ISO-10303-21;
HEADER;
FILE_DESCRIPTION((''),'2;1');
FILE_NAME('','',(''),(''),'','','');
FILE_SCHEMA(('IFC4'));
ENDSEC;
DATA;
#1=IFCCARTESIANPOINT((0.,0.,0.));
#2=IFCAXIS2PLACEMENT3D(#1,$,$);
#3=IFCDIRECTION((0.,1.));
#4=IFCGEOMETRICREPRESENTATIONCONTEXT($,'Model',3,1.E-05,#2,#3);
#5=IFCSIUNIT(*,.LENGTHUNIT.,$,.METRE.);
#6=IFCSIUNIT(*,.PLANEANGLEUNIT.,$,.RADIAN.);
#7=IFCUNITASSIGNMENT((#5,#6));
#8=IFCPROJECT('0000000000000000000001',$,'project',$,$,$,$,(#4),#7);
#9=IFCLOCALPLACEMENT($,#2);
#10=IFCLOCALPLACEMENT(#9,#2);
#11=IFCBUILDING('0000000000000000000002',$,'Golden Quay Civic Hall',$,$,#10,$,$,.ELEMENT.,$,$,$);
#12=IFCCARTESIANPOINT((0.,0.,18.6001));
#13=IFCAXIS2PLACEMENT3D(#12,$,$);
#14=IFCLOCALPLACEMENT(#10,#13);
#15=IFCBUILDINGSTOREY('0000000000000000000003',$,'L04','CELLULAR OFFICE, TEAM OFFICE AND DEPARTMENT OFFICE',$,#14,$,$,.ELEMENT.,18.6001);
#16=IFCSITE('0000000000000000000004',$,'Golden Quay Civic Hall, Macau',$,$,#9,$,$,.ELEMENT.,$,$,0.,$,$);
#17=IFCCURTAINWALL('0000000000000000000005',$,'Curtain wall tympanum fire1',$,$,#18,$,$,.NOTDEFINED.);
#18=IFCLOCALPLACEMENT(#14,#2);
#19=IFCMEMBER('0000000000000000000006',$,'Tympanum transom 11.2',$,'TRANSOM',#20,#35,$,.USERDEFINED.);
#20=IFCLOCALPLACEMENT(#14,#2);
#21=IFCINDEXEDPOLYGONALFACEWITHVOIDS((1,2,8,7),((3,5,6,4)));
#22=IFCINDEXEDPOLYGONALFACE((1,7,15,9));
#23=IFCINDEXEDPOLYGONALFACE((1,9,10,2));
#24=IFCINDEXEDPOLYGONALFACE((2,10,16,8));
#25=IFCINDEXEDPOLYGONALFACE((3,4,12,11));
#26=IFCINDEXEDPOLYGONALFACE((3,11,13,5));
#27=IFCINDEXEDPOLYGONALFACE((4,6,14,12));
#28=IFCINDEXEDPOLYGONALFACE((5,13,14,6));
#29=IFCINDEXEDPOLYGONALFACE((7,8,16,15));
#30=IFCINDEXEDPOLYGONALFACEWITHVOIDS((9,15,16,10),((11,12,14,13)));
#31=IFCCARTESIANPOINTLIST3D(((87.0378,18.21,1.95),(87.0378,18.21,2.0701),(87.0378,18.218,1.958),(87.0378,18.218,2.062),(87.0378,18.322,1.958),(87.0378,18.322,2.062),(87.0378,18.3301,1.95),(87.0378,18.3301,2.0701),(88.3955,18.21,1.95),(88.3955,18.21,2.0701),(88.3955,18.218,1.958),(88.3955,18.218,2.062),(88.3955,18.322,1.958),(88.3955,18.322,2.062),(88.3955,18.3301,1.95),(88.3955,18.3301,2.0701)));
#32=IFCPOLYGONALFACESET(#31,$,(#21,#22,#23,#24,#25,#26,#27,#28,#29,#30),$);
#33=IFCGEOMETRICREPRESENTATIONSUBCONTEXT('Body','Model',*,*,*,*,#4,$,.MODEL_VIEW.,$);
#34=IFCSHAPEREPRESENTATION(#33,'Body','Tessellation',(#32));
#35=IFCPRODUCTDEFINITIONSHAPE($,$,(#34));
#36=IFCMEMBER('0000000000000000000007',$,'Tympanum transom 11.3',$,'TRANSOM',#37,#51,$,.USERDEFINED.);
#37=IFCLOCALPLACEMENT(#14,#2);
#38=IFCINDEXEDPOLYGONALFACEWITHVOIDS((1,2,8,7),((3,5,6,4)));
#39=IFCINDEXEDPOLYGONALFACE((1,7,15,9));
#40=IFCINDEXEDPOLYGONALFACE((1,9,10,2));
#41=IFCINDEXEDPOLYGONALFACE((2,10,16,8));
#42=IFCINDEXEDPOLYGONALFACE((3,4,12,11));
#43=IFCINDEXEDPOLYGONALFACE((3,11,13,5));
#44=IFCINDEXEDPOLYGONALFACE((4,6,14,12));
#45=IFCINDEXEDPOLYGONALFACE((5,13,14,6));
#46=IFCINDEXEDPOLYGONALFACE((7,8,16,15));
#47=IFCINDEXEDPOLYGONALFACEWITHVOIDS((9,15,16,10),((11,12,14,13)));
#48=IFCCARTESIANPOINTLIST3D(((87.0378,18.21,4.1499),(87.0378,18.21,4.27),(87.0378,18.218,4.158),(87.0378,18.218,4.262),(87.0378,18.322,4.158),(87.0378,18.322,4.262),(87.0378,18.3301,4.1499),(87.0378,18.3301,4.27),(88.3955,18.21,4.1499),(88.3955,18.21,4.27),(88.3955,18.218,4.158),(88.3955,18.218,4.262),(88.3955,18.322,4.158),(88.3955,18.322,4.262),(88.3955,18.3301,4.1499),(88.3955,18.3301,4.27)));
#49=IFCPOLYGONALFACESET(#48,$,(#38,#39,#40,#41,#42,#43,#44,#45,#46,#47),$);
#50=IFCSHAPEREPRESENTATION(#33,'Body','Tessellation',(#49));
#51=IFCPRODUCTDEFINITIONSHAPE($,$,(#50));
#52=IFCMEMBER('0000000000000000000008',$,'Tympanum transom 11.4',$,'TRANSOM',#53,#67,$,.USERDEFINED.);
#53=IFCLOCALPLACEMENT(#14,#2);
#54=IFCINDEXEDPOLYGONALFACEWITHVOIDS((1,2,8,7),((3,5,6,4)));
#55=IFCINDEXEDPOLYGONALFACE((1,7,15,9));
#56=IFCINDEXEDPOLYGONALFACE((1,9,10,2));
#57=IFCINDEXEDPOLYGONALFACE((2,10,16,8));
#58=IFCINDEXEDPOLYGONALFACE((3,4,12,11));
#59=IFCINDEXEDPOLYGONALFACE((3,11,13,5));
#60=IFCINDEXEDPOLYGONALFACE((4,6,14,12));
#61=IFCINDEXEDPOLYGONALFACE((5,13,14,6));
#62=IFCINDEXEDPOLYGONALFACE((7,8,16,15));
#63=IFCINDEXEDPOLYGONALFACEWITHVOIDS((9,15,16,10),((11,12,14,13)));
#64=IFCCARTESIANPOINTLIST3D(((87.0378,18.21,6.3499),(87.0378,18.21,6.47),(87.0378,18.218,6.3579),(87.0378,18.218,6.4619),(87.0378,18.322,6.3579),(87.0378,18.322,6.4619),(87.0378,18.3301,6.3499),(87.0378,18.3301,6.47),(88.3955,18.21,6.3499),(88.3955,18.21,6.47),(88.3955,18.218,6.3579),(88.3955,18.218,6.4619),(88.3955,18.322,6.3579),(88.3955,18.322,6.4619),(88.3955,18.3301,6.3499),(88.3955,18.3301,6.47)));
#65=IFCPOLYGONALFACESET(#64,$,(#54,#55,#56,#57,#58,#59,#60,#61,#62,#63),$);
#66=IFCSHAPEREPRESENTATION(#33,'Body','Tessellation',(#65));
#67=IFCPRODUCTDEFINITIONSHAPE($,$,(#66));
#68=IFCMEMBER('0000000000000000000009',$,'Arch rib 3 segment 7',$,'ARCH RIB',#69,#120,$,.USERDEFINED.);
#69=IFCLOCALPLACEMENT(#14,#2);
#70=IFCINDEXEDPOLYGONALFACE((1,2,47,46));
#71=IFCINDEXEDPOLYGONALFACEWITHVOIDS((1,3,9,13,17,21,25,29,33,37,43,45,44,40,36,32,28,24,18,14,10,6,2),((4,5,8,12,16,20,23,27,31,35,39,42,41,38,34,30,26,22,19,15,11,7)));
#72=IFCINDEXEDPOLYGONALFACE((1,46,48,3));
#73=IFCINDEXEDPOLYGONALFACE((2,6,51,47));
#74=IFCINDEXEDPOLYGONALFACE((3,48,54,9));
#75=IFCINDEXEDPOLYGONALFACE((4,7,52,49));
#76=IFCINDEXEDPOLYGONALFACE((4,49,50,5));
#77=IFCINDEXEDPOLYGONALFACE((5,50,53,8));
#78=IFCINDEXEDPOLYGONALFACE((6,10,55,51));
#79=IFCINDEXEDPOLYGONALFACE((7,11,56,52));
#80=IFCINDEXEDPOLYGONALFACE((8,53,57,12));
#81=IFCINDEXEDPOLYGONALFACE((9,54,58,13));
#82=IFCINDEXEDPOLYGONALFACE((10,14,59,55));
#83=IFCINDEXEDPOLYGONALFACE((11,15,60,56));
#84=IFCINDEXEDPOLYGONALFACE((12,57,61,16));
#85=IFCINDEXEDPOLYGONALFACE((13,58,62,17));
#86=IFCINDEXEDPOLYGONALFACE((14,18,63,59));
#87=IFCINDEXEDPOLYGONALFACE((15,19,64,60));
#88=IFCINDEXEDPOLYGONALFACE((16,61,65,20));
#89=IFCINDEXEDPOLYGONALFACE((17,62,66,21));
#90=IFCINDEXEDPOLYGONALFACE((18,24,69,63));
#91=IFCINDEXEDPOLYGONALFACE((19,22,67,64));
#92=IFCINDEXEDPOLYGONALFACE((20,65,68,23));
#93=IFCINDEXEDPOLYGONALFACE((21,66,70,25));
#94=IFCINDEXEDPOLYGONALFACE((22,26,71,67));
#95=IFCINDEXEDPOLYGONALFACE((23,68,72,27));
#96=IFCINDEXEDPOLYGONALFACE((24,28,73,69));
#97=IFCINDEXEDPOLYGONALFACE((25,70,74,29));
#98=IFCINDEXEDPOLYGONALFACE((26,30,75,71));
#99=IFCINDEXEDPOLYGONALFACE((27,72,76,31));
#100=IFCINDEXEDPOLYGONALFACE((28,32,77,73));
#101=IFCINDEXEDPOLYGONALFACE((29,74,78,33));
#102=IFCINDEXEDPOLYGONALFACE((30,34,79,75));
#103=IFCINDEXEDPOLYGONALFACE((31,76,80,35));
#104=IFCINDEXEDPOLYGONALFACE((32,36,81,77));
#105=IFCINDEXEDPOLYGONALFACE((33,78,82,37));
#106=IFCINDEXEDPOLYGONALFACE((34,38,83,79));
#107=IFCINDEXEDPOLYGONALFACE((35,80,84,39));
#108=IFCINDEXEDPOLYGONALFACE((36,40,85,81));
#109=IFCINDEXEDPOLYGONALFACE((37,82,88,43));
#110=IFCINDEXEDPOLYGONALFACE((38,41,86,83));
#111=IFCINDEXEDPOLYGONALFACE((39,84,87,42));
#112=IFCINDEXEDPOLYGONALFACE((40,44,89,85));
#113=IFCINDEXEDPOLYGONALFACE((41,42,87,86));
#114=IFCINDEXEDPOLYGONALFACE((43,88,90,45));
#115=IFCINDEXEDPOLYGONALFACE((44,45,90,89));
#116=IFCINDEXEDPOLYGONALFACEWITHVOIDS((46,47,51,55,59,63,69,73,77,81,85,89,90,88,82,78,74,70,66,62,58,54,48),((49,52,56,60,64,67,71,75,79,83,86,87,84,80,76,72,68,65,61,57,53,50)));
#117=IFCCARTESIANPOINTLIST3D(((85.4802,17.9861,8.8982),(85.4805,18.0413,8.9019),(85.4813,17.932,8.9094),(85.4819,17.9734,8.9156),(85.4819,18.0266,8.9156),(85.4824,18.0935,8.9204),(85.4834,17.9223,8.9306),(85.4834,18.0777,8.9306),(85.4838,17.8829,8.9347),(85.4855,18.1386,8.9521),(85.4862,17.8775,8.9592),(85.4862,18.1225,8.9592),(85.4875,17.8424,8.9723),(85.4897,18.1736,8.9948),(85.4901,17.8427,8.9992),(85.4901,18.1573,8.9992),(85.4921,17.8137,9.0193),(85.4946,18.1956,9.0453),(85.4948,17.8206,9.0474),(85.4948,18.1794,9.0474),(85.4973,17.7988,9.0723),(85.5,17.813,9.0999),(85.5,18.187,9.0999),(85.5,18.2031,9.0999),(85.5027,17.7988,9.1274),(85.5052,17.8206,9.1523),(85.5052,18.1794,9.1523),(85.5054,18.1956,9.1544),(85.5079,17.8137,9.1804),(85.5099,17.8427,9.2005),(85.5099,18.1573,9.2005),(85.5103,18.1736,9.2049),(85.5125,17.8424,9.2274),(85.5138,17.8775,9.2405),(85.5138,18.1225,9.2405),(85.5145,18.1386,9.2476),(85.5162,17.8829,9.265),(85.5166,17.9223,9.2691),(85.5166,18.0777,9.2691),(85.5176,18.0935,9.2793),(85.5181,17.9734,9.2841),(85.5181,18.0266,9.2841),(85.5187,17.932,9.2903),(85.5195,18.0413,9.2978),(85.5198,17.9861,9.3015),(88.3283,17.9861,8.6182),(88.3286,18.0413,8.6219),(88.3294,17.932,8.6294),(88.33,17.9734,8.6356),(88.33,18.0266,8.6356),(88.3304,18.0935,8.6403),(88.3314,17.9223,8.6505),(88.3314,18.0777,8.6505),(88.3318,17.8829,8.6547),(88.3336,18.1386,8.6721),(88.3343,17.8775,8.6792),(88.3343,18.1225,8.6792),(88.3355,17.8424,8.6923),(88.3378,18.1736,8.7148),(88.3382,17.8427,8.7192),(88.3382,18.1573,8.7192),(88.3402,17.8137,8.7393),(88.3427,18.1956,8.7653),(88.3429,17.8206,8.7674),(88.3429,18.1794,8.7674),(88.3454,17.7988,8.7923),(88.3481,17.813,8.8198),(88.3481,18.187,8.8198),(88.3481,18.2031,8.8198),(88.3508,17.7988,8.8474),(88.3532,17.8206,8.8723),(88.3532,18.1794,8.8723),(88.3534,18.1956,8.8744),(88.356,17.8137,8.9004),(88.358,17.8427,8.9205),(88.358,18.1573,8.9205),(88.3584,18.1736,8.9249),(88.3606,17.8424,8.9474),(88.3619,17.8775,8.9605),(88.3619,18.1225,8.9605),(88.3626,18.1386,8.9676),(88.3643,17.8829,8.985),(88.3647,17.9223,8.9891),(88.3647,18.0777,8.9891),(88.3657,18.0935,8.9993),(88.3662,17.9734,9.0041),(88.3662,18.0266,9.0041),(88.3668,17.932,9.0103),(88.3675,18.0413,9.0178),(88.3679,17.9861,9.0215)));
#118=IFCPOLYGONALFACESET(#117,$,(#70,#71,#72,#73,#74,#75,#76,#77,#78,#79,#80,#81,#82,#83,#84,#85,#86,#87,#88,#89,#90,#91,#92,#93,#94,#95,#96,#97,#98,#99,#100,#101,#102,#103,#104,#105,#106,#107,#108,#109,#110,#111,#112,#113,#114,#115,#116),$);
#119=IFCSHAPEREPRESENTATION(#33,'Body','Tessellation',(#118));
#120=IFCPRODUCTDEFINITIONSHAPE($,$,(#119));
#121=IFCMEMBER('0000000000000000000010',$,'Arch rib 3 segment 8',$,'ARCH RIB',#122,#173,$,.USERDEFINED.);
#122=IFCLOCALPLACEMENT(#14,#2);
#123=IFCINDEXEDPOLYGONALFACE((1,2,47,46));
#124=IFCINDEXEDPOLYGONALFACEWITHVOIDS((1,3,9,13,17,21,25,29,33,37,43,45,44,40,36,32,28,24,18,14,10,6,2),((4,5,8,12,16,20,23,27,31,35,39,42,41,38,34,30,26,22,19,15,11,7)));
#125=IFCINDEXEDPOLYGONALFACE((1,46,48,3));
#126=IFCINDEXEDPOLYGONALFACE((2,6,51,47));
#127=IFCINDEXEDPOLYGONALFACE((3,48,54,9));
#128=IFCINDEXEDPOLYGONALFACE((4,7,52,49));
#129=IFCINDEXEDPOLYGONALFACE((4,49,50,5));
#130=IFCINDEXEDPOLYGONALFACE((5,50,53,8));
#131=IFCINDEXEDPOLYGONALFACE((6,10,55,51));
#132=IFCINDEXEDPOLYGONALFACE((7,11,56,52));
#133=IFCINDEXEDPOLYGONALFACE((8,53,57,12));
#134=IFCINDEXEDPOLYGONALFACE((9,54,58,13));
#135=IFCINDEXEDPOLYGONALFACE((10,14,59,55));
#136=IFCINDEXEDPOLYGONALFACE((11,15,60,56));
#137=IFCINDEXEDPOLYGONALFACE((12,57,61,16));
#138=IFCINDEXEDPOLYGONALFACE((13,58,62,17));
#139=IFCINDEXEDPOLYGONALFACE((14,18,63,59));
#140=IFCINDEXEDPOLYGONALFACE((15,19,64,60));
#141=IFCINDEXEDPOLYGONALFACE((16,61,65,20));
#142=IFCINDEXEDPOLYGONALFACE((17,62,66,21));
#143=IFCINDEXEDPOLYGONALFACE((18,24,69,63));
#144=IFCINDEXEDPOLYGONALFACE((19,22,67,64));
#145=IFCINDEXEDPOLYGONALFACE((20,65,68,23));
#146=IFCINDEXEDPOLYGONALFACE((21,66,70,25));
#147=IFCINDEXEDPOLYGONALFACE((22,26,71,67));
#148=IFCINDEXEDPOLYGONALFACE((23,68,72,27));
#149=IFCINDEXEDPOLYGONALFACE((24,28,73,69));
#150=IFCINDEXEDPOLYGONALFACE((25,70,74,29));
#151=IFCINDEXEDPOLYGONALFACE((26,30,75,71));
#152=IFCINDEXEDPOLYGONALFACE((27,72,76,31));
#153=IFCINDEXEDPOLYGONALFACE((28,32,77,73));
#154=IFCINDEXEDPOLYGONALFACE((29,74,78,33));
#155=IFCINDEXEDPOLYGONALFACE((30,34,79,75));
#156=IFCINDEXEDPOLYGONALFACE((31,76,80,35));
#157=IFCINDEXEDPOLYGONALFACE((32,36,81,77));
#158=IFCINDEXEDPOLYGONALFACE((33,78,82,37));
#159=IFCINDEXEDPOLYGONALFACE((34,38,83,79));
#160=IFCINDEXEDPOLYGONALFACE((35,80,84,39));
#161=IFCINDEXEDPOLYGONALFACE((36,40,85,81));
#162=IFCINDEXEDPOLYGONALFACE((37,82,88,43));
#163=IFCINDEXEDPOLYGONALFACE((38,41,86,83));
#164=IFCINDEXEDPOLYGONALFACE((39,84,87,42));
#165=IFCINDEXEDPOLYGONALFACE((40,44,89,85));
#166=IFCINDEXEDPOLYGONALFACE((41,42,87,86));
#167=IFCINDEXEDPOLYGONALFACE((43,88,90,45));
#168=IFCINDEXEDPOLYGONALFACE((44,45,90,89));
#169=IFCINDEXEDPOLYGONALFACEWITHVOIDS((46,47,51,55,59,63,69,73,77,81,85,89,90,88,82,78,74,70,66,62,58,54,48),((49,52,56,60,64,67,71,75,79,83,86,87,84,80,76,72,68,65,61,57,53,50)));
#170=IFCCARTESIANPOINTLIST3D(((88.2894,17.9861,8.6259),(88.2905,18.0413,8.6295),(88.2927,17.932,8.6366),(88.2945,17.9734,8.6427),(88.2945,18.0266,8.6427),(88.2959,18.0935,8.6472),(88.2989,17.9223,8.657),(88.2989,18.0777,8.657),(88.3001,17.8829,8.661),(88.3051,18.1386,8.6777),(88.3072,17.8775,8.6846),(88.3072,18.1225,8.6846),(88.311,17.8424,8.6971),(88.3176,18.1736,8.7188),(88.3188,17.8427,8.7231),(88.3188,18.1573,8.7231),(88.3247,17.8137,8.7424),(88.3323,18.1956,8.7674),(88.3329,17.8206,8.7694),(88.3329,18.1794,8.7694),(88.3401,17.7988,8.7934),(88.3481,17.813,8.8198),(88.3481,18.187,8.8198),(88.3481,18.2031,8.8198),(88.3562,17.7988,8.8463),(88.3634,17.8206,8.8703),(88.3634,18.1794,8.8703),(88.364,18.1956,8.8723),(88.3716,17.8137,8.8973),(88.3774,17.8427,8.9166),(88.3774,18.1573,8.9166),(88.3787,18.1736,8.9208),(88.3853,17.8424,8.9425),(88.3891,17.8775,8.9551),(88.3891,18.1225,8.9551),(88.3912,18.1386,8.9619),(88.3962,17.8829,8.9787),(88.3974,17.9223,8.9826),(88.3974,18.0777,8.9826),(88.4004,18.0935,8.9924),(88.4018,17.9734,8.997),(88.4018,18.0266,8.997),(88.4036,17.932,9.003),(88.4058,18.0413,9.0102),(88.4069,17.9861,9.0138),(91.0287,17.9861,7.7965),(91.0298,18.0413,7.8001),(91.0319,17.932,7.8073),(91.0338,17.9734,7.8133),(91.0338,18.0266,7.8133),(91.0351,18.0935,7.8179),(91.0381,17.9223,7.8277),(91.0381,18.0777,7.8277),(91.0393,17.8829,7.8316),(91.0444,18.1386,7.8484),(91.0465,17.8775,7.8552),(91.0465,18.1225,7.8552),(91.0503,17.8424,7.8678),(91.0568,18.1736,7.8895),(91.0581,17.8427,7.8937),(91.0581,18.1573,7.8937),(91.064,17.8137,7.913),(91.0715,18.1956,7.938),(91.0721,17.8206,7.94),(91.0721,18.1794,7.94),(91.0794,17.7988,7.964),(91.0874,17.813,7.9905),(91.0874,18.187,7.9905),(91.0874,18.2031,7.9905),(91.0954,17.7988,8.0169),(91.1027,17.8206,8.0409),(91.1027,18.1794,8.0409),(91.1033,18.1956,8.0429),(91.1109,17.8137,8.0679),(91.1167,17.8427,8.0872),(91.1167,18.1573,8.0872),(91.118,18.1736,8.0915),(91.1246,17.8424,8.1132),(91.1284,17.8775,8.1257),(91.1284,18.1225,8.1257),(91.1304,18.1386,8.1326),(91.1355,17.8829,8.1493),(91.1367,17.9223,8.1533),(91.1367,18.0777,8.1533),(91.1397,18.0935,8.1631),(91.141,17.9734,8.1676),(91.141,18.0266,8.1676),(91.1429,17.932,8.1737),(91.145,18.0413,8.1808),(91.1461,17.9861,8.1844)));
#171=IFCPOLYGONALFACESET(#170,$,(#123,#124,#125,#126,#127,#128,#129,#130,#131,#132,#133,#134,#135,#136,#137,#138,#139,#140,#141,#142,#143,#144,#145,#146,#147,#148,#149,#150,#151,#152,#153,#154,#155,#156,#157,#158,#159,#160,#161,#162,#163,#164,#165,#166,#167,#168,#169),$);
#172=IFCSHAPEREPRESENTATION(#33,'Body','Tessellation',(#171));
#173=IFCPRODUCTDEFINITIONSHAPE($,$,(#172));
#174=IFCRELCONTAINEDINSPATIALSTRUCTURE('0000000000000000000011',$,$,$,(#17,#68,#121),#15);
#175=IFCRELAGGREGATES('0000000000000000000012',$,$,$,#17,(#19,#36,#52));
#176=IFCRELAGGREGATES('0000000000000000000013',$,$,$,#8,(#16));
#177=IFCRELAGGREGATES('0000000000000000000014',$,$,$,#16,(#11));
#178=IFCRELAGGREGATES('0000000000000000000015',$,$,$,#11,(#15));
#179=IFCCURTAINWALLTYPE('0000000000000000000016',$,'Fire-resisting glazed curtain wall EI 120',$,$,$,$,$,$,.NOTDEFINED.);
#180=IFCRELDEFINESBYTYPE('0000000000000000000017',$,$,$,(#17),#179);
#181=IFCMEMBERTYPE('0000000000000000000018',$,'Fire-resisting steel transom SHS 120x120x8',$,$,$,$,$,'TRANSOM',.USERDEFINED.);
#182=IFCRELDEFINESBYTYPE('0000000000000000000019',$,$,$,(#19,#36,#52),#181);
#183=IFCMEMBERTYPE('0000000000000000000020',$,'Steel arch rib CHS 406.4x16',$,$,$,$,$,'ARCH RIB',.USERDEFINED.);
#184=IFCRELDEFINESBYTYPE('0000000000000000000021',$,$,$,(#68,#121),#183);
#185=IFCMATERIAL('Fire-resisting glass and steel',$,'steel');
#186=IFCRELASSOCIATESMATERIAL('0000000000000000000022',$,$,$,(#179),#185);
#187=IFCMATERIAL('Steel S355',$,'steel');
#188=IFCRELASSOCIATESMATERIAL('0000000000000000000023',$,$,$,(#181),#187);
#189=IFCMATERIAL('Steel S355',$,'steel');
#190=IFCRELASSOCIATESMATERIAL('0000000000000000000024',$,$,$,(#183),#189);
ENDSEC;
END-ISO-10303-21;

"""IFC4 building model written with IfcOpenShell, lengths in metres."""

from ifc_helpers import new_model, si_unit, direction, frame, origin, origin_2d, place, context, subcontext, project, spatial, hollow_rectangle, hollow_circle, extrude, material, material_profile, profile_set, type_object, element, aggregate, save


model = new_model("IFC4")

# Units and contexts
model_context = context("Model", 3, precision=1e-05, world=origin(), true_north=direction((0.0, 1.0)))
body_context = subcontext(model_context, "Body", "Model", "MODEL_VIEW")
ifc_project = project(units=[si_unit("LENGTHUNIT", "METRE"), si_unit("PLANEANGLEUNIT", "RADIAN")], contexts=[model_context])

# Site, building, storey
site_placement = place(None, origin())
site = spatial("IfcSite", under=ifc_project, at=site_placement, Name="Golden Quay Civic Hall, Macau", CompositionType="ELEMENT", RefElevation=0.0)
building_placement = place(site_placement, origin())
building = spatial("IfcBuilding", under=site, at=building_placement, Name="Golden Quay Civic Hall", CompositionType="ELEMENT")
storey_placement = place(building_placement, frame((0.0, 0.0, 18.6001)))
storey = spatial("IfcBuildingStorey", under=building, at=storey_placement, Name="L04", Description="CELLULAR OFFICE, TEAM OFFICE AND DEPARTMENT OFFICE", CompositionType="ELEMENT", Elevation=18.6001)

# Curtain wall, members
ifc_material_1 = material(Name="Fire-resisting glass and steel", Category="steel")
curtain_wall_type = type_object("IfcCurtainWallType", Name="Fire-resisting glazed curtain wall EI 120", PredefinedType="NOTDEFINED", material=ifc_material_1)
curtain_wall_placement = place(storey_placement, origin())
curtain_wall = element("IfcCurtainWall", 1, at=curtain_wall_placement, inside=storey, type_object=curtain_wall_type, Name="Curtain wall tympanum fire1", PredefinedType="NOTDEFINED")
ifc_material_2 = material(Name="Steel S355", Category="steel")
ifc_material_profile_1 = material_profile(ifc_material_2, hollow_rectangle(XDim=0.1201, YDim=0.1201, WallThickness=0.0081, at=origin_2d()), Name="SHS 120x120x8")
ifc_profile_set_1 = profile_set([ifc_material_profile_1], Name="Steel S355")
member_type_1 = type_object("IfcMemberType", Name="Fire-resisting steel transom SHS 120x120x8", ElementType="TRANSOM", PredefinedType="USERDEFINED", material=ifc_profile_set_1)
member_1_placement = place(storey_placement, frame((87.0378, 18.27, 2.01), z_axis=(1.0, 0.0, 0.0), x_axis=(0.0, 1.0, 0.0)))
member_1 = element("IfcMember", 2, at=member_1_placement, type_object=member_type_1, Name="Tympanum transom 11.2", ObjectType="TRANSOM", PredefinedType="USERDEFINED", context=body_context, shape_type="SweptSolid", body=[
    extrude(hollow_rectangle(XDim=0.1201, YDim=0.1201, WallThickness=0.0081, at=origin_2d()), origin(), (0.0, 0.0, 1.0), 1.3577),
])
member_2_placement = place(storey_placement, frame((87.0378, 18.27, 4.21), z_axis=(1.0, 0.0, 0.0), x_axis=(0.0, 1.0, 0.0)))
member_2 = element("IfcMember", 3, at=member_2_placement, type_object=member_type_1, Name="Tympanum transom 11.3", ObjectType="TRANSOM", PredefinedType="USERDEFINED", context=body_context, shape_type="SweptSolid", body=[
    extrude(hollow_rectangle(XDim=0.1201, YDim=0.1201, WallThickness=0.0081, at=origin_2d()), origin(), (0.0, 0.0, 1.0), 1.3577),
])
member_3_placement = place(storey_placement, frame((87.0378, 18.27, 6.4099), z_axis=(1.0, 0.0, 0.0), x_axis=(0.0, 1.0, 0.0)))
member_3 = element("IfcMember", 4, at=member_3_placement, type_object=member_type_1, Name="Tympanum transom 11.4", ObjectType="TRANSOM", PredefinedType="USERDEFINED", context=body_context, shape_type="SweptSolid", body=[
    extrude(hollow_rectangle(XDim=0.1201, YDim=0.1201, WallThickness=0.0081, at=origin_2d()), origin(), (0.0, 0.0, 1.0), 1.3577),
])
aggregate(curtain_wall, [member_1, member_2, member_3])

# Members
ifc_material_3 = material(Name="Steel S355", Category="steel")
ifc_material_profile_2 = material_profile(ifc_material_3, hollow_circle(Radius=0.2031, WallThickness=0.0161, at=origin_2d()), Name="CHS 406.4x16")
ifc_profile_set_2 = profile_set([ifc_material_profile_2], Name="Steel S355")
member_type_2 = type_object("IfcMemberType", Name="Steel arch rib CHS 406.4x16", ElementType="ARCH RIB", PredefinedType="USERDEFINED", material=ifc_profile_set_2)
member_4_placement = place(storey_placement, frame((85.5, 18.0, 9.0999), z_axis=(0.995201, 0.0, -0.097848), x_axis=(0.0, 1.0, 0.0)))
element("IfcMember", 5, at=member_4_placement, inside=storey, type_object=member_type_2, Name="Arch rib 3 segment 7", ObjectType="ARCH RIB", PredefinedType="USERDEFINED", context=body_context, shape_type="SweptSolid", body=[
    extrude(hollow_circle(Radius=0.2031, WallThickness=0.0161, at=origin_2d()), origin(), (0.0, 0.0, 1.0), 2.8618),
])
member_5_placement = place(storey_placement, frame((88.3481, 18.0, 8.8198), z_axis=(0.957095, 0.0, -0.289773), x_axis=(0.0, 1.0, 0.0)))
element("IfcMember", 6, at=member_5_placement, inside=storey, type_object=member_type_2, Name="Arch rib 3 segment 8", ObjectType="ARCH RIB", PredefinedType="USERDEFINED", context=body_context, shape_type="SweptSolid", body=[
    extrude(hollow_circle(Radius=0.2031, WallThickness=0.0161, at=origin_2d()), origin(), (0.0, 0.0, 1.0), 2.8621),
])

save(model, "model.ifc")
